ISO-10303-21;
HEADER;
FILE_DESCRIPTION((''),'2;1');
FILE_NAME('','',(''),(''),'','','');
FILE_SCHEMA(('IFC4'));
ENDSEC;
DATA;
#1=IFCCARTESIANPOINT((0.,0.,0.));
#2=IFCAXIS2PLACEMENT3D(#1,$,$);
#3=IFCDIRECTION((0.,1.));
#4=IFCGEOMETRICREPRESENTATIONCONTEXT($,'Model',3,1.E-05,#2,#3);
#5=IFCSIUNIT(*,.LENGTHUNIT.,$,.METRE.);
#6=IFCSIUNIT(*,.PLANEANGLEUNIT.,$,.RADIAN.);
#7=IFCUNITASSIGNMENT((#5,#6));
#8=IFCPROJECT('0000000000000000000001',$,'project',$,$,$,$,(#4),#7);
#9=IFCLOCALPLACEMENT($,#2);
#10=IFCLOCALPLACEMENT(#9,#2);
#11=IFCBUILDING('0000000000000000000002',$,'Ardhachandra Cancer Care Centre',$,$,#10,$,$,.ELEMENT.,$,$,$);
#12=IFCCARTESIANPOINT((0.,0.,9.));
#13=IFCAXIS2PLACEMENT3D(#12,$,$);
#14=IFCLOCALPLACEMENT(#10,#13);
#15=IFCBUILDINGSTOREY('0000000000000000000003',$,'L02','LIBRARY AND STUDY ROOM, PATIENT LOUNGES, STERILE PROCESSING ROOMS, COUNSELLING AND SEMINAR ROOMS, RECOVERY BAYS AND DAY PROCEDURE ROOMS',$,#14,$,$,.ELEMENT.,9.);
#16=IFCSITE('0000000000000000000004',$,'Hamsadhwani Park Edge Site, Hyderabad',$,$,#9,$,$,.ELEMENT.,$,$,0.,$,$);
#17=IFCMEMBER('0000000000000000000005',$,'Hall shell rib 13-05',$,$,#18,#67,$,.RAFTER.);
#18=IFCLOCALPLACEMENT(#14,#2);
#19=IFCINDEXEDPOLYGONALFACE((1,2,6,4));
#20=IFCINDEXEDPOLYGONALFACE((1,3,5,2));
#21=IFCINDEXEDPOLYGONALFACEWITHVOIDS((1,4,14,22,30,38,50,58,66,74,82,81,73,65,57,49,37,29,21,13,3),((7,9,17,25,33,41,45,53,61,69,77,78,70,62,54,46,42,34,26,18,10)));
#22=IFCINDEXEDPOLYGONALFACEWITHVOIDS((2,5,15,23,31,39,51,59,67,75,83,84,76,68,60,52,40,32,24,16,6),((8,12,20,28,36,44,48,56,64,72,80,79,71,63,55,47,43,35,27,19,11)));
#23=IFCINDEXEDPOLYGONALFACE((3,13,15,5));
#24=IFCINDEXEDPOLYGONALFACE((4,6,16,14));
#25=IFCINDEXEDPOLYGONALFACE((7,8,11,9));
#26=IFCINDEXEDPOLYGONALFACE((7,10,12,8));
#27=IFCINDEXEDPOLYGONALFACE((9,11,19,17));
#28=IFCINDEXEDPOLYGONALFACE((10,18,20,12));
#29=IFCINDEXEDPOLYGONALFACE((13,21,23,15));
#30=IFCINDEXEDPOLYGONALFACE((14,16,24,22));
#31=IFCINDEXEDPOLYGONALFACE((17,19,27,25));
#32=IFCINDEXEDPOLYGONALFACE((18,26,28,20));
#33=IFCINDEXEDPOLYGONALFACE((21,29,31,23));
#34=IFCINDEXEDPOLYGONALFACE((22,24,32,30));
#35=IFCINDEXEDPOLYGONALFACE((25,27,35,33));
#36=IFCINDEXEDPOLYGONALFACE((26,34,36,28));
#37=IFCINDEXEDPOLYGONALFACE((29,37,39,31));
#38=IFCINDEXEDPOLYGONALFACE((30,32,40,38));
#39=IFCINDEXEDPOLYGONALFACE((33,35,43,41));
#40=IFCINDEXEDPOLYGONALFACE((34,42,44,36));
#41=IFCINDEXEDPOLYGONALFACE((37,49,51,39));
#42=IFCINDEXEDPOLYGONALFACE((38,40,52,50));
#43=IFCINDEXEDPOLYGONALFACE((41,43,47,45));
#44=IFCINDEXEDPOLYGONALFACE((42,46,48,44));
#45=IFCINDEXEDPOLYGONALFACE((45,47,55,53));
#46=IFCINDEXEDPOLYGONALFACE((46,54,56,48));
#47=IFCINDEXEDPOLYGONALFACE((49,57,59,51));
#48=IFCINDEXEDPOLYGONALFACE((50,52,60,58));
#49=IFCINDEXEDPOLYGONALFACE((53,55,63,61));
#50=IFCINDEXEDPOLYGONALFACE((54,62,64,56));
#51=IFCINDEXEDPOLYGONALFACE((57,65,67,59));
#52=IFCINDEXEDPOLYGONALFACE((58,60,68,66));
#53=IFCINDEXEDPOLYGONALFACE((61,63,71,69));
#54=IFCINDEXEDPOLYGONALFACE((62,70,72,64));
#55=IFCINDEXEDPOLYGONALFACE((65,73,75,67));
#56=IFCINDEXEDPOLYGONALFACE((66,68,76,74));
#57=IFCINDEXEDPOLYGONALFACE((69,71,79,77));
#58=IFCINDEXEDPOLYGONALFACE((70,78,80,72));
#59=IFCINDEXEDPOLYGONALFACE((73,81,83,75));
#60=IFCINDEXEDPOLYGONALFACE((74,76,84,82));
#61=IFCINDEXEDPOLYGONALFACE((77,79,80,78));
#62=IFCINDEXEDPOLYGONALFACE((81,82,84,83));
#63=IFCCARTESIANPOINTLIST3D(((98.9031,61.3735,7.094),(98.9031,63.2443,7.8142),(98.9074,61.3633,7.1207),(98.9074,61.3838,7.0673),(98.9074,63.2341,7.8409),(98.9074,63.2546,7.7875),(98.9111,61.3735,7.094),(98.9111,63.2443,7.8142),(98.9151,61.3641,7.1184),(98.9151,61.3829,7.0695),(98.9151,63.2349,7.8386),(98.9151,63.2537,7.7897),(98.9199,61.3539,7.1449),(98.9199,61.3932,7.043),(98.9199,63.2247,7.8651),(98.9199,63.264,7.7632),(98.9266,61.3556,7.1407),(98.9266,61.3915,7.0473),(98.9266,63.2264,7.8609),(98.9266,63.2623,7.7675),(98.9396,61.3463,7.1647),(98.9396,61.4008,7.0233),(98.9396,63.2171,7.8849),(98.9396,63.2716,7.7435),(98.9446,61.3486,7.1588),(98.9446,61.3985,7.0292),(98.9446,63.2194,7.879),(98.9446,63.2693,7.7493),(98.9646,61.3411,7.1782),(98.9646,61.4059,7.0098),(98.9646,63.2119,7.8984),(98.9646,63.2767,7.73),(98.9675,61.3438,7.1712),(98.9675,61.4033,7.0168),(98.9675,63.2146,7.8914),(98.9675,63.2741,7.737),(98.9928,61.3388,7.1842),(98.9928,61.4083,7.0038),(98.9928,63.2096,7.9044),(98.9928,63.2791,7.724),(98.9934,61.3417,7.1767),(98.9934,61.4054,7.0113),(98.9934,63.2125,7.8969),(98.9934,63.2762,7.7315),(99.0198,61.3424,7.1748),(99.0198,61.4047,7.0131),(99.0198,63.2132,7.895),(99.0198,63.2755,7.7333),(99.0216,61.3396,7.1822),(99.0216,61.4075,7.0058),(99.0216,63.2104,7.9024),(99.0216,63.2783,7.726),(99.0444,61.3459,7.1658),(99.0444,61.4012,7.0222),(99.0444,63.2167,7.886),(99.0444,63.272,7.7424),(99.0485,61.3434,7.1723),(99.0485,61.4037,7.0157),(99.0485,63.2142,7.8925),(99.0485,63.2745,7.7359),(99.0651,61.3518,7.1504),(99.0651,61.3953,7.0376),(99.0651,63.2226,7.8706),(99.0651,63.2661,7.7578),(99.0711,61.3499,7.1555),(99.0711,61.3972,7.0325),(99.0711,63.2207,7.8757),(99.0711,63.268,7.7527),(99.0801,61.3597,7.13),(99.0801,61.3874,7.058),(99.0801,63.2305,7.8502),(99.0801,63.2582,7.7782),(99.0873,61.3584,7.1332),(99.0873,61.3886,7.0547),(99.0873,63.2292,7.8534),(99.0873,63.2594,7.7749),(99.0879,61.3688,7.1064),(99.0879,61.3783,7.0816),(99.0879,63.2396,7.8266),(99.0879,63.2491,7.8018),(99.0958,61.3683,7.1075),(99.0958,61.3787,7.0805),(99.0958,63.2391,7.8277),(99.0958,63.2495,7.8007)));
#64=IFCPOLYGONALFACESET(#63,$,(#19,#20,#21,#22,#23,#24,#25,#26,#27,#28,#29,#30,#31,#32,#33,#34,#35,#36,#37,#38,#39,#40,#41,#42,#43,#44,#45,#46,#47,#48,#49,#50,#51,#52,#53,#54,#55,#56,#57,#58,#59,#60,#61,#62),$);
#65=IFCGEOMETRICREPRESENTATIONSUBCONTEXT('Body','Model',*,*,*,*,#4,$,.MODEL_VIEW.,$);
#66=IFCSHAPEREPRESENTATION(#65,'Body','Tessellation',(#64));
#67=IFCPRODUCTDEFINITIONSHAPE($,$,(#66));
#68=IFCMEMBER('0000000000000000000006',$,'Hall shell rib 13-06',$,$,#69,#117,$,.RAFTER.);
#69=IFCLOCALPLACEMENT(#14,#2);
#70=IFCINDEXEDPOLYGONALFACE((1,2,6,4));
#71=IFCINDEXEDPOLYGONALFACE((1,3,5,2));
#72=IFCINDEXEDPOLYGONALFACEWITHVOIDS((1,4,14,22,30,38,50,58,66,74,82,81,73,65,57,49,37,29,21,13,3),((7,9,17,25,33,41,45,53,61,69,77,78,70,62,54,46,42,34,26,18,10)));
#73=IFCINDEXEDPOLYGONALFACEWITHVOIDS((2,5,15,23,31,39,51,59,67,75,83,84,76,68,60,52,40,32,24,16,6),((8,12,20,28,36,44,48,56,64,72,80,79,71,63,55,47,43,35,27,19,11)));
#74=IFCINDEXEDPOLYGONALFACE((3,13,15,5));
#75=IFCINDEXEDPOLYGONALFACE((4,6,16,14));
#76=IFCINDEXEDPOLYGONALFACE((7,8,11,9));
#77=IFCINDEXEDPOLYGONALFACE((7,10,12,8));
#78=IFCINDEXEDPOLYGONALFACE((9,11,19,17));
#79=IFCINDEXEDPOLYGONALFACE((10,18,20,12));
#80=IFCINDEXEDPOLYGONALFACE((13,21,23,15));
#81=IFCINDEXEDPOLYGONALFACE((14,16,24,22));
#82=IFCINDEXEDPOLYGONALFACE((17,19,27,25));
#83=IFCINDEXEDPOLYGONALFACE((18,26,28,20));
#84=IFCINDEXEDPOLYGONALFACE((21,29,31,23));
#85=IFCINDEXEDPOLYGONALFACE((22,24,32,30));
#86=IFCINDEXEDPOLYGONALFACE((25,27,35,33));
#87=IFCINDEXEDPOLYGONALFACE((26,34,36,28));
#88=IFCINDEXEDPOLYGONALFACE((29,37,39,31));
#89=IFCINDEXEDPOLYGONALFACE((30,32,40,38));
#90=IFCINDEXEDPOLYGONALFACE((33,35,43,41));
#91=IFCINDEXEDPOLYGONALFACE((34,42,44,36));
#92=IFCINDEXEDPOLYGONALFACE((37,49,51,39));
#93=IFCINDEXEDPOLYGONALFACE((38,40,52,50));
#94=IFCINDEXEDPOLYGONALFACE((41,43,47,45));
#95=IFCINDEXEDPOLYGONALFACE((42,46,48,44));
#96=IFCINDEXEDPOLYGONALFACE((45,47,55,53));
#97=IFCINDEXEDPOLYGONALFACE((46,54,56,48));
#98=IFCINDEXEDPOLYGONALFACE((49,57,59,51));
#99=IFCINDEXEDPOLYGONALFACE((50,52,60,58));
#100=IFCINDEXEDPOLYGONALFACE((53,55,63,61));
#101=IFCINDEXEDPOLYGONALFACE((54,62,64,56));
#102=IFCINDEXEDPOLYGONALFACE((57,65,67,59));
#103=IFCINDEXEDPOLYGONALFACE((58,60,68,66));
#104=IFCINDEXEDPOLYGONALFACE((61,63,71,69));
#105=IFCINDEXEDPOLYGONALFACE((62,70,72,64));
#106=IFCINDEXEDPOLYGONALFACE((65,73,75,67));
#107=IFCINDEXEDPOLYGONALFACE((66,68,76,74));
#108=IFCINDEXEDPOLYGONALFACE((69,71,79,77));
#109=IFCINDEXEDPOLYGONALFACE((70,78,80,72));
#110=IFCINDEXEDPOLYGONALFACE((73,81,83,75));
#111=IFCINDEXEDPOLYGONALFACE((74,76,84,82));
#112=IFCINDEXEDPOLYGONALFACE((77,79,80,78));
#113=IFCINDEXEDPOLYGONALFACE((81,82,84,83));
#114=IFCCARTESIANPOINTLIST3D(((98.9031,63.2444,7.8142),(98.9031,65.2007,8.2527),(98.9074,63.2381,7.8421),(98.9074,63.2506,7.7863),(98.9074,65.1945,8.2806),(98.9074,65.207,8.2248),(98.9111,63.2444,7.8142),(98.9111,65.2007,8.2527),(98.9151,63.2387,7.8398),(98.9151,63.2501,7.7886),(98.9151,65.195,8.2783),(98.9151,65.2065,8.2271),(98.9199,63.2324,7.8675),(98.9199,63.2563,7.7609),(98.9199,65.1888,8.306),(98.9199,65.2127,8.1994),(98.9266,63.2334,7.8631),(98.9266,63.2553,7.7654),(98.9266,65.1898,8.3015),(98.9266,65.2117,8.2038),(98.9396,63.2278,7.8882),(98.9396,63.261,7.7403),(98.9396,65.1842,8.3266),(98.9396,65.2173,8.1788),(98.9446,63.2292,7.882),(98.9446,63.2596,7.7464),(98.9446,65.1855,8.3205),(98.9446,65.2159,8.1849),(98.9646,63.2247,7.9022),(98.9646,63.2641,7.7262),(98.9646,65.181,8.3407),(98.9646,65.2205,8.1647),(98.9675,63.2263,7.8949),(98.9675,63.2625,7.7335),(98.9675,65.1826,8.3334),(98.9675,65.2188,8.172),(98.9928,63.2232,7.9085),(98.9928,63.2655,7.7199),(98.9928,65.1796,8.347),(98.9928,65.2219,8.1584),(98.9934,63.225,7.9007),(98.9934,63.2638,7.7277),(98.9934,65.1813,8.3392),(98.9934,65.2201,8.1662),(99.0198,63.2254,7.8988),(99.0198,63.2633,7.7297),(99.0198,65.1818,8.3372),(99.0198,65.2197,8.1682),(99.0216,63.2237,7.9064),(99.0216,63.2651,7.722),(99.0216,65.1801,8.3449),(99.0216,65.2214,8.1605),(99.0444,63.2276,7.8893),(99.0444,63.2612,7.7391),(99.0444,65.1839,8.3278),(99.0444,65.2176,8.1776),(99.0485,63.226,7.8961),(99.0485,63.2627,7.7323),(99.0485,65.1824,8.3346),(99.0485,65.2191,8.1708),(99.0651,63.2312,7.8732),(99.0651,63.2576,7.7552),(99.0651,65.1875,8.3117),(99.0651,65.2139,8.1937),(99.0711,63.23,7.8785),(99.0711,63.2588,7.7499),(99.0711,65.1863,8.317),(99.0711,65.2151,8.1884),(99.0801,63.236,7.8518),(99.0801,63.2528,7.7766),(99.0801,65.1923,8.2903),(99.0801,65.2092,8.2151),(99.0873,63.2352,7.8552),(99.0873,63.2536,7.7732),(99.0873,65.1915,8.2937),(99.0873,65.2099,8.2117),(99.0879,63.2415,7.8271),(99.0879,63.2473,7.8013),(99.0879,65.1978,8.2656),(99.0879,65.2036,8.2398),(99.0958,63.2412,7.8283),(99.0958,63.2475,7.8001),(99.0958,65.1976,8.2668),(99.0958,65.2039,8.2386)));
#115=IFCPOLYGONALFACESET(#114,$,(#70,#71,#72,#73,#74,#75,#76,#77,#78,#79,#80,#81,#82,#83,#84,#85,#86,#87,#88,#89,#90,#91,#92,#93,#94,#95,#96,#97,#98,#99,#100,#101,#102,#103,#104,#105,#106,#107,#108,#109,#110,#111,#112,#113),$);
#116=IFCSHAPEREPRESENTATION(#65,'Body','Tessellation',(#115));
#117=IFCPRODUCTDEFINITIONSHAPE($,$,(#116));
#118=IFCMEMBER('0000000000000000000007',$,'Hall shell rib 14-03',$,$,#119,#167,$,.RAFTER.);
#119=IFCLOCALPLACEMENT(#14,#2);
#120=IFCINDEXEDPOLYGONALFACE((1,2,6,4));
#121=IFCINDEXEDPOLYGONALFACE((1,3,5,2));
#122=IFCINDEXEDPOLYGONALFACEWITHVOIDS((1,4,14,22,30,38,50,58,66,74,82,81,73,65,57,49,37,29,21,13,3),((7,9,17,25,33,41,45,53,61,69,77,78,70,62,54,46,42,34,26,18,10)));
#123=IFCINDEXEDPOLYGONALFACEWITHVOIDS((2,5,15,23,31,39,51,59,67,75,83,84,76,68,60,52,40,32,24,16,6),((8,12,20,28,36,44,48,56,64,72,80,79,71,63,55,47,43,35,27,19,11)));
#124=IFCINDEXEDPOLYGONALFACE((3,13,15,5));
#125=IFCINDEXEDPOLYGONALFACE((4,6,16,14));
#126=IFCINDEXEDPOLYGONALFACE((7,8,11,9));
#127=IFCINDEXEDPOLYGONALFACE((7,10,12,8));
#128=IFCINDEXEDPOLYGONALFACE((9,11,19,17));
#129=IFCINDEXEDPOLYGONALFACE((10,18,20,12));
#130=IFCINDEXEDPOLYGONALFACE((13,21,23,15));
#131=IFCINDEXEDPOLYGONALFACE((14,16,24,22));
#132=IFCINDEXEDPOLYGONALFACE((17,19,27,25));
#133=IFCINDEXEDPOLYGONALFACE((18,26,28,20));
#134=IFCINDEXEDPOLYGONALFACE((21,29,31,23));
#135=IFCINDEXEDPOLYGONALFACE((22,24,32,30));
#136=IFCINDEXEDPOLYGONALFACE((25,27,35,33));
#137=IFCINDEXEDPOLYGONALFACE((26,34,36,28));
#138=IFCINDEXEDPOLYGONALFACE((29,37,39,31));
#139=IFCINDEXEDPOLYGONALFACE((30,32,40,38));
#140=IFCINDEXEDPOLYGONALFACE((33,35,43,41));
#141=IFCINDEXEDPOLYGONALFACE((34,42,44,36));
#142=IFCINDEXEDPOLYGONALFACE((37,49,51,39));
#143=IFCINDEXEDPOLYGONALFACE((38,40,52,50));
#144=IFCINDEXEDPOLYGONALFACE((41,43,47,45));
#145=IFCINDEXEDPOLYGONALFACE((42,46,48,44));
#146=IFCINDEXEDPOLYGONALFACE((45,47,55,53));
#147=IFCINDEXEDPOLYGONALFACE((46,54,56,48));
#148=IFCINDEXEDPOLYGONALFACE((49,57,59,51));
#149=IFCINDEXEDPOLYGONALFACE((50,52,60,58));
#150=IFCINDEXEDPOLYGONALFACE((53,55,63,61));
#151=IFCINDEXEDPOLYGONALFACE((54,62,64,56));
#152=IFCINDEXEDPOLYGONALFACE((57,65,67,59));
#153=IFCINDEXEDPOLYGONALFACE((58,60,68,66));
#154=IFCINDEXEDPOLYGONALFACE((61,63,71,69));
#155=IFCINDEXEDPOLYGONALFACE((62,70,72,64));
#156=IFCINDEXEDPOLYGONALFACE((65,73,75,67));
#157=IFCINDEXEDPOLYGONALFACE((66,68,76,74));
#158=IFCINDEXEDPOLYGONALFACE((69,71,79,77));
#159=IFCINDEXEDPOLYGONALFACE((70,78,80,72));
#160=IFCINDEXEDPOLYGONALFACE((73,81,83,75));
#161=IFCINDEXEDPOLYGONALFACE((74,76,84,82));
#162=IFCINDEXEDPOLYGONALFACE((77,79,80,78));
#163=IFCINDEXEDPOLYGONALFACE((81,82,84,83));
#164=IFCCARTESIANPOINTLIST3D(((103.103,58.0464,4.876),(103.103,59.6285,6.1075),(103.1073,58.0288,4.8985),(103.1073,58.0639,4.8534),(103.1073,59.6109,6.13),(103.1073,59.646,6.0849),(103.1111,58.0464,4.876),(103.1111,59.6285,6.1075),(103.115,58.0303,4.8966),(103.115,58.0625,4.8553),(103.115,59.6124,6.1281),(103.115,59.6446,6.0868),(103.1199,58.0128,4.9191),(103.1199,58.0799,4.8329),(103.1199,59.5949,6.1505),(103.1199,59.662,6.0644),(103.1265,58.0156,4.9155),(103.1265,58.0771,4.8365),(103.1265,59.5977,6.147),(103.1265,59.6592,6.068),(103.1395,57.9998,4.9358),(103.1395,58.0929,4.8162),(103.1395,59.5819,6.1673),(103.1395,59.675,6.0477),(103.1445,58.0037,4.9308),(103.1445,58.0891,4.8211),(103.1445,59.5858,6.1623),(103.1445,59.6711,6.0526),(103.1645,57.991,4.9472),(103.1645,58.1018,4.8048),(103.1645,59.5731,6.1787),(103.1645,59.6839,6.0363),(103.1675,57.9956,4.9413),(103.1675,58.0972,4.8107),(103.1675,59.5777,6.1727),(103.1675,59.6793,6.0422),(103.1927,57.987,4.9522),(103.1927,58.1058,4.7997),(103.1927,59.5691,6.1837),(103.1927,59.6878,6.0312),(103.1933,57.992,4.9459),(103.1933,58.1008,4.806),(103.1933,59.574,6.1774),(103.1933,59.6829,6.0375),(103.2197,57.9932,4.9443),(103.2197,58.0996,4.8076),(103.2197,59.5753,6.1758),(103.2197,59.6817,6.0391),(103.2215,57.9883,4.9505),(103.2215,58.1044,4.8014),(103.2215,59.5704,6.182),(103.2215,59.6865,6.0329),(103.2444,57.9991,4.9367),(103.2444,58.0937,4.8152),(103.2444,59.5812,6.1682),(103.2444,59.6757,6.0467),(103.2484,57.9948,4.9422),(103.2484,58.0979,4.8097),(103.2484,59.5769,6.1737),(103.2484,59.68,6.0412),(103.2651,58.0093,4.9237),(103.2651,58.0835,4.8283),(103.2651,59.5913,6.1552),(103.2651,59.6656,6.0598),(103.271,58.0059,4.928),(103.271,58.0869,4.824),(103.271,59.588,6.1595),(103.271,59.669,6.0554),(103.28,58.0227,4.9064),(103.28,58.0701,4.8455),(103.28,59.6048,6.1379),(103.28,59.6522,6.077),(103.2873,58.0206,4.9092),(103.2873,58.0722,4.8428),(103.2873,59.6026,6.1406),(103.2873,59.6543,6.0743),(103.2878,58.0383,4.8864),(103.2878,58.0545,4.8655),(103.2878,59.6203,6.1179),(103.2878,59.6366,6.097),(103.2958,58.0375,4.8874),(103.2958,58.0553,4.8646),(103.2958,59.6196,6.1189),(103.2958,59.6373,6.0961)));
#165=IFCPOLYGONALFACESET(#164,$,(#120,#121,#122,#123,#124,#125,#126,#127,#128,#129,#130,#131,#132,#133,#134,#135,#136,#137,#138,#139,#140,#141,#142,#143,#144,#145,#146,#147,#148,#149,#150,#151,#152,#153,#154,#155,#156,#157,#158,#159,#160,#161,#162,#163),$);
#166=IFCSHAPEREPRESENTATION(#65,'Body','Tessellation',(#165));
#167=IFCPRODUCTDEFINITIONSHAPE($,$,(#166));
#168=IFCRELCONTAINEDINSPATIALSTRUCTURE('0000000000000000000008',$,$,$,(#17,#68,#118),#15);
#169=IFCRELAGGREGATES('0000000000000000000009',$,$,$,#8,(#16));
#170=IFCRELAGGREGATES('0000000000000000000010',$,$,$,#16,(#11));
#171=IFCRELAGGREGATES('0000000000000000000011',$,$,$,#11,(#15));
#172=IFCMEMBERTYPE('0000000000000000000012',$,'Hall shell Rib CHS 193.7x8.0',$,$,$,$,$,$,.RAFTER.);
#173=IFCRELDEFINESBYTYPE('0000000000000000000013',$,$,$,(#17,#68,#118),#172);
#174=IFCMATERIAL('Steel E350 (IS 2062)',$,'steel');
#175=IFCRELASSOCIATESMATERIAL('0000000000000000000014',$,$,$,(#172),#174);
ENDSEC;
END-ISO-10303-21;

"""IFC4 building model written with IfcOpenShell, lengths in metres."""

from ifc_helpers import new_model, si_unit, direction, frame, origin, origin_2d, place, context, subcontext, project, spatial, hollow_circle, extrude, material, material_profile, profile_set, type_object, element, save


model = new_model("IFC4")

# Units and contexts
model_context = context("Model", 3, precision=1e-05, world=origin(), true_north=direction((0.0, 1.0)))
body_context = subcontext(model_context, "Body", "Model", "MODEL_VIEW")
ifc_project = project(units=[si_unit("LENGTHUNIT", "METRE"), si_unit("PLANEANGLEUNIT", "RADIAN")], contexts=[model_context])

# Site, building, storey
site_placement = place(None, origin())
site = spatial("IfcSite", under=ifc_project, at=site_placement, Name="Hamsadhwani Park Edge Site, Hyderabad", CompositionType="ELEMENT", RefElevation=0.0)
building_placement = place(site_placement, origin())
building = spatial("IfcBuilding", under=site, at=building_placement, Name="Ardhachandra Cancer Care Centre", CompositionType="ELEMENT")
storey_placement = place(building_placement, frame((0.0, 0.0, 9.0)))
storey = spatial("IfcBuildingStorey", under=building, at=storey_placement, Name="L02", Description="LIBRARY AND STUDY ROOM, PATIENT LOUNGES, STERILE PROCESSING ROOMS, COUNSELLING AND SEMINAR ROOMS, RECOVERY BAYS AND DAY PROCEDURE ROOMS", CompositionType="ELEMENT", Elevation=9.0)

# Members
ifc_material_1 = material(Name="Steel E350 (IS 2062)", Category="steel")
ifc_material_profile_1 = material_profile(ifc_material_1, hollow_circle(Radius=0.0969, WallThickness=0.0081, at=origin_2d()), Name="CHS 193.7x8.0")
ifc_profile_set_1 = profile_set([ifc_material_profile_1], Name="Steel E350 (IS 2062)")
member_type_1 = type_object("IfcMemberType", Name="Hall shell Rib CHS 193.7x8.0", PredefinedType="RAFTER", material=ifc_profile_set_1)
for number, where, z_axis, x_axis, name in (
    (1, (99.0, 61.3735, 7.094), (0.0, 0.933236, 0.359265), (-1.0, 0.0, 0.0), "Hall shell rib 13-05"),
):
    element("IfcMember", number, at=place(storey_placement, frame(where, z_axis=z_axis, x_axis=x_axis)), inside=storey, type_object=member_type_1, Name=name, PredefinedType="RAFTER", context=body_context, shape_type="SweptSolid", body=[
        extrude(hollow_circle(Radius=0.0969, WallThickness=0.0081, at=origin_2d()), origin(), (0.0, 0.0, 1.0), 2.0046),
    ])
for number, where, z_axis, x_axis, name in (
    (2, (99.0, 63.2444, 7.8142), (0.0, 0.97579, 0.218709), (-1.0, 0.0, 0.0), "Hall shell rib 13-06"),
    (3, (103.2, 58.0464, 4.876), (0.0, 0.789116, 0.614244), (-1.0, 0.0, 0.0), "Hall shell rib 14-03"),
):
    element("IfcMember", number, at=place(storey_placement, frame(where, z_axis=z_axis, x_axis=x_axis)), inside=storey, type_object=member_type_1, Name=name, PredefinedType="RAFTER", context=body_context, shape_type="SweptSolid", body=[
        extrude(hollow_circle(Radius=0.0969, WallThickness=0.0081, at=origin_2d()), origin(), (0.0, 0.0, 1.0), 2.0049),
    ])

save(model, "model.ifc")
